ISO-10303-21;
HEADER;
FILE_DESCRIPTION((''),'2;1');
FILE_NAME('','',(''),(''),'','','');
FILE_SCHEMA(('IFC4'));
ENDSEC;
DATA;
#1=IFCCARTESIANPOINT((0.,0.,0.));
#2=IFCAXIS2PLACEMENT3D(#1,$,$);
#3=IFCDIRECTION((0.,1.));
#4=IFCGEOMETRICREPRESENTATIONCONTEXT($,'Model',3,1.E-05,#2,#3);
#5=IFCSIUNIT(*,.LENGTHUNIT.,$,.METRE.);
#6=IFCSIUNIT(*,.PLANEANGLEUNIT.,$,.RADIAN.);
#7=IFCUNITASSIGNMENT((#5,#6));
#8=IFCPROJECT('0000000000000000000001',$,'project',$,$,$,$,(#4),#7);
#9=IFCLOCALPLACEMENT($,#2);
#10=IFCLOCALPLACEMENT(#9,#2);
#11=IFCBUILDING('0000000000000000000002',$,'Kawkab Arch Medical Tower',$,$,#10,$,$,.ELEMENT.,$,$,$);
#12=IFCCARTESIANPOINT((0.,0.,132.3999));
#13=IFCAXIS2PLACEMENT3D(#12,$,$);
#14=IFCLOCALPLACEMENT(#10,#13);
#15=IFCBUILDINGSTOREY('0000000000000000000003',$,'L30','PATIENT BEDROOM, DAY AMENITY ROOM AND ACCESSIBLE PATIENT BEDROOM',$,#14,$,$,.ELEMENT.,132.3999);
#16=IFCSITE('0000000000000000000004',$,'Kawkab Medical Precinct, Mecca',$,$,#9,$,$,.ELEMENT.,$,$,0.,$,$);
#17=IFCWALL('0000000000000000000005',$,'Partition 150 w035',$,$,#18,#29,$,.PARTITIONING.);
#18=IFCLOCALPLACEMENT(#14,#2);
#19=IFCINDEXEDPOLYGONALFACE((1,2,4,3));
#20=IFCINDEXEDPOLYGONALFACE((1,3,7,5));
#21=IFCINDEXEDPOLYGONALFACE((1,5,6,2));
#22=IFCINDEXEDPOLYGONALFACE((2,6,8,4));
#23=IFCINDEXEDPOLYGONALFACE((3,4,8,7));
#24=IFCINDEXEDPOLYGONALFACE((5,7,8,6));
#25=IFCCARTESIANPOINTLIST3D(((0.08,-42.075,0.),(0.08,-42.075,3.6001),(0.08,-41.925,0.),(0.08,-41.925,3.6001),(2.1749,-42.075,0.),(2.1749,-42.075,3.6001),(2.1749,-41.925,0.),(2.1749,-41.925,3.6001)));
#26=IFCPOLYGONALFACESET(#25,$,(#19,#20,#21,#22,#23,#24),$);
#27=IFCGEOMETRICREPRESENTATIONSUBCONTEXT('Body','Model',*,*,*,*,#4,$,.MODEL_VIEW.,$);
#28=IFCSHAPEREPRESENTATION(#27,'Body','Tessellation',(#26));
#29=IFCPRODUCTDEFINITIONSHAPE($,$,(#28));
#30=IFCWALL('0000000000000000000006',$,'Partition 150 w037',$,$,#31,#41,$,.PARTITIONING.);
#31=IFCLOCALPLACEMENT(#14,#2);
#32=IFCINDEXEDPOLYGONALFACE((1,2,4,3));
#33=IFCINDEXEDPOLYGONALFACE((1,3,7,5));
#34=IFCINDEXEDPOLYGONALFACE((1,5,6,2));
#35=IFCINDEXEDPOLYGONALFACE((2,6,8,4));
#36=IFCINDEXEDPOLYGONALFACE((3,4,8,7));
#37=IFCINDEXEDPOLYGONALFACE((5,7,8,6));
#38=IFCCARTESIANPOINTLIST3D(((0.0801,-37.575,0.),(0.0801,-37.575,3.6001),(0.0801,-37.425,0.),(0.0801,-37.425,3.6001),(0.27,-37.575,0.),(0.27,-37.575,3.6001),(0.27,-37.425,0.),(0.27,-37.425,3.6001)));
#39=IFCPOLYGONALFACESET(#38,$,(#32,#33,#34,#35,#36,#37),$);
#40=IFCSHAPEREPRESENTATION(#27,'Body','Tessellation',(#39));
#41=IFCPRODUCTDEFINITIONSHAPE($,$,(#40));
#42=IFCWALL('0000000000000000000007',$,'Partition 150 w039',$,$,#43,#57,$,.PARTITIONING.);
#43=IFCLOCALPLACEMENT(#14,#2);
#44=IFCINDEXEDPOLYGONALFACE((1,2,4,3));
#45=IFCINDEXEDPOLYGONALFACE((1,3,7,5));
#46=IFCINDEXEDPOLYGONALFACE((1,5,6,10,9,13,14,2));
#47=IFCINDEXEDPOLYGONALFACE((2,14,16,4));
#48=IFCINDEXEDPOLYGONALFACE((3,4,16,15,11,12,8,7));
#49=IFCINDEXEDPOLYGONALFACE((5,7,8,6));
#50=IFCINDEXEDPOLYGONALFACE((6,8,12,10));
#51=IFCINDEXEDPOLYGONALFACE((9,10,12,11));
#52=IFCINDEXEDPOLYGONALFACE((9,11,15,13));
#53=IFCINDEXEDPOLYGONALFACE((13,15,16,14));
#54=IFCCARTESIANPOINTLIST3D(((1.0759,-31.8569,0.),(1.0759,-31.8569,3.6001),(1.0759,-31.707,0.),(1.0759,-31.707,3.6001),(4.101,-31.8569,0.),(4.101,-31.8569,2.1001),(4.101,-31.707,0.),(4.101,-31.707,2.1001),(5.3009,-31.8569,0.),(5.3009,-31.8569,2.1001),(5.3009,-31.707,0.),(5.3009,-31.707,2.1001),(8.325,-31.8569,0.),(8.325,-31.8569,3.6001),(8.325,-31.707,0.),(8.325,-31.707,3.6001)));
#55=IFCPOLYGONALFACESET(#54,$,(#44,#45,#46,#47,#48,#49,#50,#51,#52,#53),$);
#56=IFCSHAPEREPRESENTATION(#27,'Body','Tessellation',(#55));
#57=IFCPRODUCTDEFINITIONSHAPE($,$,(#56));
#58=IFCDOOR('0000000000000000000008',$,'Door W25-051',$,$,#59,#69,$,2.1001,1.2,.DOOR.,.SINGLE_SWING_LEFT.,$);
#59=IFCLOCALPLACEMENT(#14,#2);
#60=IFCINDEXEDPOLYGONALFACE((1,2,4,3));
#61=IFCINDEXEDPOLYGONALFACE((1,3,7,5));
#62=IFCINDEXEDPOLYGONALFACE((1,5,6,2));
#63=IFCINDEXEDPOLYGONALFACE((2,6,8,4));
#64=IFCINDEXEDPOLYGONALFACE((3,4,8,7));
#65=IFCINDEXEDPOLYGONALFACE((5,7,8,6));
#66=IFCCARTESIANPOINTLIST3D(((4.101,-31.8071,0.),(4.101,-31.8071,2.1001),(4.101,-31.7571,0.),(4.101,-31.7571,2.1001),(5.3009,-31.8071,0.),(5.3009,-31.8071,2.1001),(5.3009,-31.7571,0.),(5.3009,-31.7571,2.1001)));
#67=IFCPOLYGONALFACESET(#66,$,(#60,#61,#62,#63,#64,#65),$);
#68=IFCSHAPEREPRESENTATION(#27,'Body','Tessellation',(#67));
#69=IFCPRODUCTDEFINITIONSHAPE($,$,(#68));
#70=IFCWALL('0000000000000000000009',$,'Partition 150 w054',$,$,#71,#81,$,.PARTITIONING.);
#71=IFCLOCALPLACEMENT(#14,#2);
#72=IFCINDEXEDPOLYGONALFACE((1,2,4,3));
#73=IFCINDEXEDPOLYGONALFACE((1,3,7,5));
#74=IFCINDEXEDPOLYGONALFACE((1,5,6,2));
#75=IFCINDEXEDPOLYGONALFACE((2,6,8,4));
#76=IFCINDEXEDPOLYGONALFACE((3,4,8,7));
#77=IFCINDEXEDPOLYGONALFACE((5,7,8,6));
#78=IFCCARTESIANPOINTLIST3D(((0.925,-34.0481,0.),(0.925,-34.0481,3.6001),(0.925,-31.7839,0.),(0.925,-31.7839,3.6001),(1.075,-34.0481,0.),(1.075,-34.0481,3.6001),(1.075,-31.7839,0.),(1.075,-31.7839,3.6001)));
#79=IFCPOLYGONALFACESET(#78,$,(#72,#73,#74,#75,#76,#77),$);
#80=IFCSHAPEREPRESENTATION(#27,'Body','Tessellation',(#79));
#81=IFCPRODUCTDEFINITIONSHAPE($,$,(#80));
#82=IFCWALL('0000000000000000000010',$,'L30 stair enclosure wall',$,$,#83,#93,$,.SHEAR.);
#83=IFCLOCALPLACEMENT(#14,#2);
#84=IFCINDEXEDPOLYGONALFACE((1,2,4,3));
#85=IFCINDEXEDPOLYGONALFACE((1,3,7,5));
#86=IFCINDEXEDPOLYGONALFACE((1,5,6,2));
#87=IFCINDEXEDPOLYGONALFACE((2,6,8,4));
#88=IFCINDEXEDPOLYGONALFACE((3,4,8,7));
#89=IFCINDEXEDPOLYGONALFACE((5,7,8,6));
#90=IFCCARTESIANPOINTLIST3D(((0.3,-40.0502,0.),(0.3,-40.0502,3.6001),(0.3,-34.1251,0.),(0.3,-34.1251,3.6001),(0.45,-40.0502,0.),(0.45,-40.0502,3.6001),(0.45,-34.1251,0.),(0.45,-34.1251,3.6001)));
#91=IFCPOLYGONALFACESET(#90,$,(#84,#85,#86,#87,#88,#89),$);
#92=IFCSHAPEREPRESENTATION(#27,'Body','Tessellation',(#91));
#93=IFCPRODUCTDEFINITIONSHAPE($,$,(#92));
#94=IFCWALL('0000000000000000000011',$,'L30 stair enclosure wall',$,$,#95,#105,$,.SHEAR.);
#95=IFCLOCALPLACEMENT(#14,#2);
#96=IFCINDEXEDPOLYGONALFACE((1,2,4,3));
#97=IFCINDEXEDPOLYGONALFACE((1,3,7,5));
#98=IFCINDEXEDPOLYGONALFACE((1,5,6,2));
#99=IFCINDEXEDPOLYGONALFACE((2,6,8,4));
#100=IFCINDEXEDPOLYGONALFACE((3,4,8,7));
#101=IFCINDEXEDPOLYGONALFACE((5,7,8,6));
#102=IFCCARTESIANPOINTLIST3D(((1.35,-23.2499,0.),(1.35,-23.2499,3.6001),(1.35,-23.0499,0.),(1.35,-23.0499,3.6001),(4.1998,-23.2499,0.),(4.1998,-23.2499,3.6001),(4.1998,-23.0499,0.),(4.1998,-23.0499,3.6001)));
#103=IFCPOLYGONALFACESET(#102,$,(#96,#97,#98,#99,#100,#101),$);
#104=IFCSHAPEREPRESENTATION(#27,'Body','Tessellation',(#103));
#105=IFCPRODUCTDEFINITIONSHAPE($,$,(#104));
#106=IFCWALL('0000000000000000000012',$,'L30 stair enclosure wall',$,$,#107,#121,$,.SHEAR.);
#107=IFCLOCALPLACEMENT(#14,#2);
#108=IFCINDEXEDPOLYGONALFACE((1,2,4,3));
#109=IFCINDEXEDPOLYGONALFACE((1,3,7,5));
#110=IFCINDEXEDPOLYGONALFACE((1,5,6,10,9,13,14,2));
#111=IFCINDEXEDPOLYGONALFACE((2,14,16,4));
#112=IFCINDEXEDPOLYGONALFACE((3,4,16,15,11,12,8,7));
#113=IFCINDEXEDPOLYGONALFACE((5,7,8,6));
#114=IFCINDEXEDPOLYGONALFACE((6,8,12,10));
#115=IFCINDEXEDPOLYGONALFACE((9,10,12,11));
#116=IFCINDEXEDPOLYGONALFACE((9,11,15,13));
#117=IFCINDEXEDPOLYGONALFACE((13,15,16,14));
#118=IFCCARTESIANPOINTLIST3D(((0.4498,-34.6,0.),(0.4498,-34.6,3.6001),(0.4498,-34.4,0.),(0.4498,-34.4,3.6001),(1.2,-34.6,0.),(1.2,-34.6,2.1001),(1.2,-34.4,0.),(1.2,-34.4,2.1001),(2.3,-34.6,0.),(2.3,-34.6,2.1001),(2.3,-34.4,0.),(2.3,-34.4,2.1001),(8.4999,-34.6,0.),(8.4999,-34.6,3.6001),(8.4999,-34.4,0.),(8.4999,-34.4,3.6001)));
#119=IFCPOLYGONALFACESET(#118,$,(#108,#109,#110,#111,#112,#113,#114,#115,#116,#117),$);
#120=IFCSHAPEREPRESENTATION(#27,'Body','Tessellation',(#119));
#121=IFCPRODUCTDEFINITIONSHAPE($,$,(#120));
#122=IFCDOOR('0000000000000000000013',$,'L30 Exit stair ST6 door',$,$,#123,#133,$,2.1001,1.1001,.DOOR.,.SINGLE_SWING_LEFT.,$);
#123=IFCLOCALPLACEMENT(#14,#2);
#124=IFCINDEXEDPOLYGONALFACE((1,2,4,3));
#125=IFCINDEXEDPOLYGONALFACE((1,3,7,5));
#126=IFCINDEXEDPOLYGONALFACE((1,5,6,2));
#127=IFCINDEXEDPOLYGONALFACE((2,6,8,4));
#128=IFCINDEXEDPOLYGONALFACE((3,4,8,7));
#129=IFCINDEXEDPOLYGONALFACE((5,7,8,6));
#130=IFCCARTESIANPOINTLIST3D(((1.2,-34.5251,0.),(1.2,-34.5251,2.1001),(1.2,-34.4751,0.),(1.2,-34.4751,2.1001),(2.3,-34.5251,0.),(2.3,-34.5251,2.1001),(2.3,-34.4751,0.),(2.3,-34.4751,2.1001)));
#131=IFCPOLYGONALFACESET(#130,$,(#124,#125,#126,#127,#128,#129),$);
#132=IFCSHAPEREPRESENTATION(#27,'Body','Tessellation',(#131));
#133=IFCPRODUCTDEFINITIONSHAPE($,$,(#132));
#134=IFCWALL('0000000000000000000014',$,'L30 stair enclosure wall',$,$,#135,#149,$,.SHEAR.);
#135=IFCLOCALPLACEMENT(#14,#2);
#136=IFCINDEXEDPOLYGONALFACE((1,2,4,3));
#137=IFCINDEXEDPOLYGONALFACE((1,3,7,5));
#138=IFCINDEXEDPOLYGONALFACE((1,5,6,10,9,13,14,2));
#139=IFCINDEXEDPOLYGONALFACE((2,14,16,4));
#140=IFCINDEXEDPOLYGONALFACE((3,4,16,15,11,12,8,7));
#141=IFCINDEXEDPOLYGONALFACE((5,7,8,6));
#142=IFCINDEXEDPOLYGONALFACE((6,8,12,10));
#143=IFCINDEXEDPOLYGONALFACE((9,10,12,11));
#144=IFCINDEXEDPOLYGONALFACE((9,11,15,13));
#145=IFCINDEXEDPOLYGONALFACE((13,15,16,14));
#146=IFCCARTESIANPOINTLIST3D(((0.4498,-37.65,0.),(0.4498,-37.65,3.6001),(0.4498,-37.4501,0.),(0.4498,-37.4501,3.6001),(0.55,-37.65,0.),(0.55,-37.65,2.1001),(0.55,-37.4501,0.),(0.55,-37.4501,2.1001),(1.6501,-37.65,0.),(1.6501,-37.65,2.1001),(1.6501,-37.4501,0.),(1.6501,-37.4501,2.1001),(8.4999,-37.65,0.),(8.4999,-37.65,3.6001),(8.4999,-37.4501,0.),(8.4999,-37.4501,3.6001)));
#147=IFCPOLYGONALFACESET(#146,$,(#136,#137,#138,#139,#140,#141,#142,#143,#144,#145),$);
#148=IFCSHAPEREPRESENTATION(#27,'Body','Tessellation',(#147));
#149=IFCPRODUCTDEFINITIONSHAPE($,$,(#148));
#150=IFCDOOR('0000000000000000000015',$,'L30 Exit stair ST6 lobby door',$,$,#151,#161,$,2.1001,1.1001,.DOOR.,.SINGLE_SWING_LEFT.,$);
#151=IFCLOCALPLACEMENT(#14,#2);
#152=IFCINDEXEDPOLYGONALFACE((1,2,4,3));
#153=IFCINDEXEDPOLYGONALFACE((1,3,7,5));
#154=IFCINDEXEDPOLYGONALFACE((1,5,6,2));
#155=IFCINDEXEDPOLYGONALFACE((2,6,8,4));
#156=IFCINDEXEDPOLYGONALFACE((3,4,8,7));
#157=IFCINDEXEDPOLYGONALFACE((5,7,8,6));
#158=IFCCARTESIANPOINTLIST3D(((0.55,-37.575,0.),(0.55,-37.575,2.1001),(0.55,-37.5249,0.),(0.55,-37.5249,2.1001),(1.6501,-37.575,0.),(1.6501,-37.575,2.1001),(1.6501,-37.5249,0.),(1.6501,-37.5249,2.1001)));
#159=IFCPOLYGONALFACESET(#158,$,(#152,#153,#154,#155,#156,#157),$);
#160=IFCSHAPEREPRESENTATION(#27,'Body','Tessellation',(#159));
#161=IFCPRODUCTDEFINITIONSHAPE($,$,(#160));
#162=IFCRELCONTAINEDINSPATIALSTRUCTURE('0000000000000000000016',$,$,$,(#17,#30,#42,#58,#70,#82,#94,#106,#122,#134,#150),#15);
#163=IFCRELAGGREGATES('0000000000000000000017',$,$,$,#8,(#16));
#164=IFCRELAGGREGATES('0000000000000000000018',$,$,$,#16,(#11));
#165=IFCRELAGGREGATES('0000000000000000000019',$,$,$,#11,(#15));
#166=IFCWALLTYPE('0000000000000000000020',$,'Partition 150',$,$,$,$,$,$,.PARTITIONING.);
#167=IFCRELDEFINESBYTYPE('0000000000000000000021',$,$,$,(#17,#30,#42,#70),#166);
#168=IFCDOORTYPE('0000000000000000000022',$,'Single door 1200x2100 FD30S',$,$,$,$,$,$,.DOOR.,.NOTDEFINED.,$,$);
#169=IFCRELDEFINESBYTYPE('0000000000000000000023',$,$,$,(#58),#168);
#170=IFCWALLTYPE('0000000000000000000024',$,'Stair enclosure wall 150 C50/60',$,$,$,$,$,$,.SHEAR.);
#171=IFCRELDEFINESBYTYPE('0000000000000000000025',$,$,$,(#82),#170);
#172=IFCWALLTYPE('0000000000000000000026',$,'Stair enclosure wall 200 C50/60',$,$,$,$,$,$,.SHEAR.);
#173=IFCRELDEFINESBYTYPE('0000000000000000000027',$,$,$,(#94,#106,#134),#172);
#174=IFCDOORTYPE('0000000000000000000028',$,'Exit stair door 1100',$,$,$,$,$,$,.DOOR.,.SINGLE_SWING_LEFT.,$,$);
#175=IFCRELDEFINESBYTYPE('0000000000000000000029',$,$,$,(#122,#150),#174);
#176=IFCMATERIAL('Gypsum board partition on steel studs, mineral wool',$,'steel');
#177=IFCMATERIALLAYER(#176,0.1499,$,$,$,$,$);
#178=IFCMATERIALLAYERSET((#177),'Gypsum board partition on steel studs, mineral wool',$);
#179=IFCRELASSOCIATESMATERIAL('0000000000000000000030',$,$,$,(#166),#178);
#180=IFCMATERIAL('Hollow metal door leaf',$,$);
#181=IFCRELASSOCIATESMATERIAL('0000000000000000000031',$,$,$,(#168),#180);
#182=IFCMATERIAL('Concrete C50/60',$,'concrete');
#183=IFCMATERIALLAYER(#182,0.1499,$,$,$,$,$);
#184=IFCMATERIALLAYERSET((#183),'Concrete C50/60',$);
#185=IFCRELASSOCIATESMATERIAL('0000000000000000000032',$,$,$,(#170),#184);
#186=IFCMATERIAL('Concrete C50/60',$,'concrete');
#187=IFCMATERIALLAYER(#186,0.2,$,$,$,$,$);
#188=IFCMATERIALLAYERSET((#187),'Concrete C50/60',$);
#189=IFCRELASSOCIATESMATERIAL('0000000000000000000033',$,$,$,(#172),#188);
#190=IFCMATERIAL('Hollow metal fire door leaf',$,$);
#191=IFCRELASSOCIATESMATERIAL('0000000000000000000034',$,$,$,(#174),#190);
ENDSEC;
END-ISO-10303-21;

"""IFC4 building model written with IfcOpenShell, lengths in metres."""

from ifc_helpers import new_model, si_unit, direction, frame, frame_2d, origin, place, context, subcontext, project, spatial, rectangle, extrude, material, layer, layer_set, type_object, element, fill, save


model = new_model("IFC4")

# Units and contexts
model_context = context("Model", 3, precision=1e-05, world=origin(), true_north=direction((0.0, 1.0)))
body_context = subcontext(model_context, "Body", "Model", "MODEL_VIEW")
ifc_project = project(units=[si_unit("LENGTHUNIT", "METRE"), si_unit("PLANEANGLEUNIT", "RADIAN")], contexts=[model_context])

# Site, building, storey
site_placement = place(None, origin())
site = spatial("IfcSite", under=ifc_project, at=site_placement, Name="Kawkab Medical Precinct, Mecca", CompositionType="ELEMENT", RefElevation=0.0)
building_placement = place(site_placement, origin())
building = spatial("IfcBuilding", under=site, at=building_placement, Name="Kawkab Arch Medical Tower", CompositionType="ELEMENT")
storey_placement = place(building_placement, frame((0.0, 0.0, 132.3999)))
storey = spatial("IfcBuildingStorey", under=building, at=storey_placement, Name="L30", Description="PATIENT BEDROOM, DAY AMENITY ROOM AND ACCESSIBLE PATIENT BEDROOM", CompositionType="ELEMENT", Elevation=132.3999)

# Walls
ifc_material_1 = material(Name="Gypsum board partition on steel studs, mineral wool", Category="steel")
ifc_layer_1 = layer(ifc_material_1, 0.1499)
ifc_layer_set_1 = layer_set([ifc_layer_1], Name="Gypsum board partition on steel studs, mineral wool")
wall_type_1 = type_object("IfcWallType", Name="Partition 150", PredefinedType="PARTITIONING", material=ifc_layer_set_1)
wall_1_placement = place(storey_placement, frame((0.0801, -42.0, 0.0), z_axis=(0.0, 0.0, 1.0), x_axis=(1.0, 0.0, 0.0)))
element("IfcWall", 1, at=wall_1_placement, inside=storey, type_object=wall_type_1, Name="Partition 150 w035", PredefinedType="PARTITIONING", context=body_context, shape_type="SweptSolid", body=[
    extrude(rectangle(XDim=2.095, YDim=0.1499, at=frame_2d((1.0474, 0.0))), origin(), (0.0, 0.0, 1.0), 3.6001),
])
wall_2_placement = place(storey_placement, frame((0.0801, -37.5, 0.0), z_axis=(0.0, 0.0, 1.0), x_axis=(1.0, 0.0, 0.0)))
element("IfcWall", 2, at=wall_2_placement, inside=storey, type_object=wall_type_1, Name="Partition 150 w037", PredefinedType="PARTITIONING", context=body_context, shape_type="SweptSolid", body=[
    extrude(rectangle(XDim=0.1899, YDim=0.1499, at=frame_2d((0.095, 0.0))), origin(), (0.0, 0.0, 1.0), 3.6001),
])

# Wall, opening, door
wall_3_placement = place(storey_placement, frame((1.0759, -31.782, 0.0), z_axis=(0.0, 0.0, 1.0), x_axis=(1.0, 0.0, 0.0)))
wall_3 = element("IfcWall", 3, at=wall_3_placement, inside=storey, type_object=wall_type_1, Name="Partition 150 w039", PredefinedType="PARTITIONING", context=body_context, shape_type="SweptSolid", body=[
    extrude(rectangle(XDim=7.249, YDim=0.1499, at=frame_2d((3.6245, 0.0))), origin(), (0.0, 0.0, 1.0), 3.6001),
])
opening_1_placement = place(wall_3_placement, frame((3.0249, 0.0, 0.0)))
opening_1 = element("IfcOpeningElement", 4, at=opening_1_placement, cuts=wall_3, PredefinedType="OPENING", context=body_context, shape_type="SweptSolid", body=[
    extrude(rectangle(XDim=1.2, YDim=2.1001, at=frame_2d((0.6001, 1.05))), frame((0.0, 0.085, 0.0), z_axis=(0.0, -1.0, 0.0), x_axis=(1.0, 0.0, 0.0)), (0.0, 0.0, 1.0), 0.1699),
])
ifc_material_2 = material(Name="Hollow metal door leaf")
door_type_1 = type_object("IfcDoorType", Name="Single door 1200x2100 FD30S", OperationType="NOTDEFINED", PredefinedType="DOOR", material=ifc_material_2)
door_1_placement = place(opening_1_placement, origin())
door_1 = element("IfcDoor", 5, at=door_1_placement, inside=storey, type_object=door_type_1, Name="Door W25-051", OperationType="SINGLE_SWING_LEFT", OverallHeight=2.1001, OverallWidth=1.2, PredefinedType="DOOR", context=body_context, shape_type="SweptSolid", body=[
    extrude(rectangle(XDim=1.2, YDim=2.1001, at=frame_2d((0.6001, 1.05))), frame((0.0, 0.0249, 0.0), z_axis=(0.0, -1.0, 0.0), x_axis=(1.0, 0.0, 0.0)), (0.0, 0.0, 1.0), 0.05),
])
fill(opening_1, door_1)

# Walls
wall_4_placement = place(storey_placement, frame((1.0, -34.0481, 0.0), z_axis=(0.0, 0.0, 1.0), x_axis=(0.0, 1.0, 0.0)))
element("IfcWall", 6, at=wall_4_placement, inside=storey, type_object=wall_type_1, Name="Partition 150 w054", PredefinedType="PARTITIONING", context=body_context, shape_type="SweptSolid", body=[
    extrude(rectangle(XDim=2.2642, YDim=0.1499, at=frame_2d((1.1321, 0.0))), origin(), (0.0, 0.0, 1.0), 3.6001),
])
ifc_material_3 = material(Name="Concrete C50/60", Category="concrete")
ifc_layer_2 = layer(ifc_material_3, 0.1499)
ifc_layer_set_2 = layer_set([ifc_layer_2], Name="Concrete C50/60")
wall_type_2 = type_object("IfcWallType", Name="Stair enclosure wall 150 C50/60", PredefinedType="SHEAR", material=ifc_layer_set_2)
wall_5_placement = place(storey_placement, frame((0.375, -40.05, 0.0), z_axis=(0.0, 0.0, 1.0), x_axis=(0.0, 1.0, 0.0)))
element("IfcWall", 7, at=wall_5_placement, inside=storey, type_object=wall_type_2, Name="L30 stair enclosure wall", PredefinedType="SHEAR", context=body_context, shape_type="SweptSolid", body=[
    extrude(rectangle(XDim=5.925, YDim=0.1499, at=frame_2d((2.9624, 0.0))), origin(), (0.0, 0.0, 1.0), 3.6001),
])
ifc_material_4 = material(Name="Concrete C50/60", Category="concrete")
ifc_layer_3 = layer(ifc_material_4, 0.2)
ifc_layer_set_3 = layer_set([ifc_layer_3], Name="Concrete C50/60")
wall_type_3 = type_object("IfcWallType", Name="Stair enclosure wall 200 C50/60", PredefinedType="SHEAR", material=ifc_layer_set_3)
wall_6_placement = place(storey_placement, frame((1.3501, -23.1499, 0.0), z_axis=(0.0, 0.0, 1.0), x_axis=(1.0, 0.0, 0.0)))
element("IfcWall", 8, at=wall_6_placement, inside=storey, type_object=wall_type_3, Name="L30 stair enclosure wall", PredefinedType="SHEAR", context=body_context, shape_type="SweptSolid", body=[
    extrude(rectangle(XDim=2.8499, YDim=0.2, at=frame_2d((1.4248, 0.0))), origin(), (0.0, 0.0, 1.0), 3.6001),
])

# Walls, openings, doors
wall_7_placement = place(storey_placement, frame((0.45, -34.5, 0.0), z_axis=(0.0, 0.0, 1.0), x_axis=(1.0, 0.0, 0.0)))
wall_7 = element("IfcWall", 9, at=wall_7_placement, inside=storey, type_object=wall_type_3, Name="L30 stair enclosure wall", PredefinedType="SHEAR", context=body_context, shape_type="SweptSolid", body=[
    extrude(rectangle(XDim=8.05, YDim=0.2, at=frame_2d((4.0249, 0.0))), origin(), (0.0, 0.0, 1.0), 3.6001),
])
opening_2_placement = place(wall_7_placement, frame((0.75, 0.0, 0.0)))
opening_2 = element("IfcOpeningElement", 10, at=opening_2_placement, cuts=wall_7, PredefinedType="OPENING", context=body_context, shape_type="SweptSolid", body=[
    extrude(rectangle(XDim=1.1001, YDim=2.1001, at=frame_2d((0.55, 1.05))), frame((0.0, 0.1099, 0.0), z_axis=(0.0, -1.0, 0.0), x_axis=(1.0, 0.0, 0.0)), (0.0, 0.0, 1.0), 0.22),
])
ifc_material_5 = material(Name="Hollow metal fire door leaf")
door_type_2 = type_object("IfcDoorType", Name="Exit stair door 1100", OperationType="SINGLE_SWING_LEFT", PredefinedType="DOOR", material=ifc_material_5)
door_2_placement = place(opening_2_placement, origin())
door_2 = element("IfcDoor", 11, at=door_2_placement, inside=storey, type_object=door_type_2, Name="L30 Exit stair ST6 door", OperationType="SINGLE_SWING_LEFT", OverallHeight=2.1001, OverallWidth=1.1001, PredefinedType="DOOR", context=body_context, shape_type="SweptSolid", body=[
    extrude(rectangle(XDim=1.1001, YDim=2.1001, at=frame_2d((0.55, 1.05))), frame((0.0, 0.0249, 0.0), z_axis=(0.0, -1.0, 0.0), x_axis=(1.0, 0.0, 0.0)), (0.0, 0.0, 1.0), 0.05),
])
fill(opening_2, door_2)
wall_8_placement = place(storey_placement, frame((0.45, -37.55, 0.0), z_axis=(0.0, 0.0, 1.0), x_axis=(1.0, 0.0, 0.0)))
wall_8 = element("IfcWall", 12, at=wall_8_placement, inside=storey, type_object=wall_type_3, Name="L30 stair enclosure wall", PredefinedType="SHEAR", context=body_context, shape_type="SweptSolid", body=[
    extrude(rectangle(XDim=8.05, YDim=0.2, at=frame_2d((4.0249, 0.0))), origin(), (0.0, 0.0, 1.0), 3.6001),
])
opening_3_placement = place(wall_8_placement, frame((0.1001, 0.0, 0.0)))
opening_3 = element("IfcOpeningElement", 13, at=opening_3_placement, cuts=wall_8, PredefinedType="OPENING", context=body_context, shape_type="SweptSolid", body=[
    extrude(rectangle(XDim=1.1001, YDim=2.1001, at=frame_2d((0.55, 1.05))), frame((0.0, 0.1099, 0.0), z_axis=(0.0, -1.0, 0.0), x_axis=(1.0, 0.0, 0.0)), (0.0, 0.0, 1.0), 0.22),
])
door_3_placement = place(opening_3_placement, frame((1.1001, 0.0, 0.0), z_axis=(0.0, 0.0, 1.0), x_axis=(-1.0, 0.0, 0.0)))
door_3 = element("IfcDoor", 14, at=door_3_placement, inside=storey, type_object=door_type_2, Name="L30 Exit stair ST6 lobby door", OperationType="SINGLE_SWING_LEFT", OverallHeight=2.1001, OverallWidth=1.1001, PredefinedType="DOOR", context=body_context, shape_type="SweptSolid", body=[
    extrude(rectangle(XDim=1.1001, YDim=2.1001, at=frame_2d((0.55, 1.05))), frame((0.0, 0.0249, 0.0), z_axis=(0.0, -1.0, 0.0), x_axis=(1.0, 0.0, 0.0)), (0.0, 0.0, 1.0), 0.05),
])
fill(opening_3, door_3)

save(model, "model.ifc")
